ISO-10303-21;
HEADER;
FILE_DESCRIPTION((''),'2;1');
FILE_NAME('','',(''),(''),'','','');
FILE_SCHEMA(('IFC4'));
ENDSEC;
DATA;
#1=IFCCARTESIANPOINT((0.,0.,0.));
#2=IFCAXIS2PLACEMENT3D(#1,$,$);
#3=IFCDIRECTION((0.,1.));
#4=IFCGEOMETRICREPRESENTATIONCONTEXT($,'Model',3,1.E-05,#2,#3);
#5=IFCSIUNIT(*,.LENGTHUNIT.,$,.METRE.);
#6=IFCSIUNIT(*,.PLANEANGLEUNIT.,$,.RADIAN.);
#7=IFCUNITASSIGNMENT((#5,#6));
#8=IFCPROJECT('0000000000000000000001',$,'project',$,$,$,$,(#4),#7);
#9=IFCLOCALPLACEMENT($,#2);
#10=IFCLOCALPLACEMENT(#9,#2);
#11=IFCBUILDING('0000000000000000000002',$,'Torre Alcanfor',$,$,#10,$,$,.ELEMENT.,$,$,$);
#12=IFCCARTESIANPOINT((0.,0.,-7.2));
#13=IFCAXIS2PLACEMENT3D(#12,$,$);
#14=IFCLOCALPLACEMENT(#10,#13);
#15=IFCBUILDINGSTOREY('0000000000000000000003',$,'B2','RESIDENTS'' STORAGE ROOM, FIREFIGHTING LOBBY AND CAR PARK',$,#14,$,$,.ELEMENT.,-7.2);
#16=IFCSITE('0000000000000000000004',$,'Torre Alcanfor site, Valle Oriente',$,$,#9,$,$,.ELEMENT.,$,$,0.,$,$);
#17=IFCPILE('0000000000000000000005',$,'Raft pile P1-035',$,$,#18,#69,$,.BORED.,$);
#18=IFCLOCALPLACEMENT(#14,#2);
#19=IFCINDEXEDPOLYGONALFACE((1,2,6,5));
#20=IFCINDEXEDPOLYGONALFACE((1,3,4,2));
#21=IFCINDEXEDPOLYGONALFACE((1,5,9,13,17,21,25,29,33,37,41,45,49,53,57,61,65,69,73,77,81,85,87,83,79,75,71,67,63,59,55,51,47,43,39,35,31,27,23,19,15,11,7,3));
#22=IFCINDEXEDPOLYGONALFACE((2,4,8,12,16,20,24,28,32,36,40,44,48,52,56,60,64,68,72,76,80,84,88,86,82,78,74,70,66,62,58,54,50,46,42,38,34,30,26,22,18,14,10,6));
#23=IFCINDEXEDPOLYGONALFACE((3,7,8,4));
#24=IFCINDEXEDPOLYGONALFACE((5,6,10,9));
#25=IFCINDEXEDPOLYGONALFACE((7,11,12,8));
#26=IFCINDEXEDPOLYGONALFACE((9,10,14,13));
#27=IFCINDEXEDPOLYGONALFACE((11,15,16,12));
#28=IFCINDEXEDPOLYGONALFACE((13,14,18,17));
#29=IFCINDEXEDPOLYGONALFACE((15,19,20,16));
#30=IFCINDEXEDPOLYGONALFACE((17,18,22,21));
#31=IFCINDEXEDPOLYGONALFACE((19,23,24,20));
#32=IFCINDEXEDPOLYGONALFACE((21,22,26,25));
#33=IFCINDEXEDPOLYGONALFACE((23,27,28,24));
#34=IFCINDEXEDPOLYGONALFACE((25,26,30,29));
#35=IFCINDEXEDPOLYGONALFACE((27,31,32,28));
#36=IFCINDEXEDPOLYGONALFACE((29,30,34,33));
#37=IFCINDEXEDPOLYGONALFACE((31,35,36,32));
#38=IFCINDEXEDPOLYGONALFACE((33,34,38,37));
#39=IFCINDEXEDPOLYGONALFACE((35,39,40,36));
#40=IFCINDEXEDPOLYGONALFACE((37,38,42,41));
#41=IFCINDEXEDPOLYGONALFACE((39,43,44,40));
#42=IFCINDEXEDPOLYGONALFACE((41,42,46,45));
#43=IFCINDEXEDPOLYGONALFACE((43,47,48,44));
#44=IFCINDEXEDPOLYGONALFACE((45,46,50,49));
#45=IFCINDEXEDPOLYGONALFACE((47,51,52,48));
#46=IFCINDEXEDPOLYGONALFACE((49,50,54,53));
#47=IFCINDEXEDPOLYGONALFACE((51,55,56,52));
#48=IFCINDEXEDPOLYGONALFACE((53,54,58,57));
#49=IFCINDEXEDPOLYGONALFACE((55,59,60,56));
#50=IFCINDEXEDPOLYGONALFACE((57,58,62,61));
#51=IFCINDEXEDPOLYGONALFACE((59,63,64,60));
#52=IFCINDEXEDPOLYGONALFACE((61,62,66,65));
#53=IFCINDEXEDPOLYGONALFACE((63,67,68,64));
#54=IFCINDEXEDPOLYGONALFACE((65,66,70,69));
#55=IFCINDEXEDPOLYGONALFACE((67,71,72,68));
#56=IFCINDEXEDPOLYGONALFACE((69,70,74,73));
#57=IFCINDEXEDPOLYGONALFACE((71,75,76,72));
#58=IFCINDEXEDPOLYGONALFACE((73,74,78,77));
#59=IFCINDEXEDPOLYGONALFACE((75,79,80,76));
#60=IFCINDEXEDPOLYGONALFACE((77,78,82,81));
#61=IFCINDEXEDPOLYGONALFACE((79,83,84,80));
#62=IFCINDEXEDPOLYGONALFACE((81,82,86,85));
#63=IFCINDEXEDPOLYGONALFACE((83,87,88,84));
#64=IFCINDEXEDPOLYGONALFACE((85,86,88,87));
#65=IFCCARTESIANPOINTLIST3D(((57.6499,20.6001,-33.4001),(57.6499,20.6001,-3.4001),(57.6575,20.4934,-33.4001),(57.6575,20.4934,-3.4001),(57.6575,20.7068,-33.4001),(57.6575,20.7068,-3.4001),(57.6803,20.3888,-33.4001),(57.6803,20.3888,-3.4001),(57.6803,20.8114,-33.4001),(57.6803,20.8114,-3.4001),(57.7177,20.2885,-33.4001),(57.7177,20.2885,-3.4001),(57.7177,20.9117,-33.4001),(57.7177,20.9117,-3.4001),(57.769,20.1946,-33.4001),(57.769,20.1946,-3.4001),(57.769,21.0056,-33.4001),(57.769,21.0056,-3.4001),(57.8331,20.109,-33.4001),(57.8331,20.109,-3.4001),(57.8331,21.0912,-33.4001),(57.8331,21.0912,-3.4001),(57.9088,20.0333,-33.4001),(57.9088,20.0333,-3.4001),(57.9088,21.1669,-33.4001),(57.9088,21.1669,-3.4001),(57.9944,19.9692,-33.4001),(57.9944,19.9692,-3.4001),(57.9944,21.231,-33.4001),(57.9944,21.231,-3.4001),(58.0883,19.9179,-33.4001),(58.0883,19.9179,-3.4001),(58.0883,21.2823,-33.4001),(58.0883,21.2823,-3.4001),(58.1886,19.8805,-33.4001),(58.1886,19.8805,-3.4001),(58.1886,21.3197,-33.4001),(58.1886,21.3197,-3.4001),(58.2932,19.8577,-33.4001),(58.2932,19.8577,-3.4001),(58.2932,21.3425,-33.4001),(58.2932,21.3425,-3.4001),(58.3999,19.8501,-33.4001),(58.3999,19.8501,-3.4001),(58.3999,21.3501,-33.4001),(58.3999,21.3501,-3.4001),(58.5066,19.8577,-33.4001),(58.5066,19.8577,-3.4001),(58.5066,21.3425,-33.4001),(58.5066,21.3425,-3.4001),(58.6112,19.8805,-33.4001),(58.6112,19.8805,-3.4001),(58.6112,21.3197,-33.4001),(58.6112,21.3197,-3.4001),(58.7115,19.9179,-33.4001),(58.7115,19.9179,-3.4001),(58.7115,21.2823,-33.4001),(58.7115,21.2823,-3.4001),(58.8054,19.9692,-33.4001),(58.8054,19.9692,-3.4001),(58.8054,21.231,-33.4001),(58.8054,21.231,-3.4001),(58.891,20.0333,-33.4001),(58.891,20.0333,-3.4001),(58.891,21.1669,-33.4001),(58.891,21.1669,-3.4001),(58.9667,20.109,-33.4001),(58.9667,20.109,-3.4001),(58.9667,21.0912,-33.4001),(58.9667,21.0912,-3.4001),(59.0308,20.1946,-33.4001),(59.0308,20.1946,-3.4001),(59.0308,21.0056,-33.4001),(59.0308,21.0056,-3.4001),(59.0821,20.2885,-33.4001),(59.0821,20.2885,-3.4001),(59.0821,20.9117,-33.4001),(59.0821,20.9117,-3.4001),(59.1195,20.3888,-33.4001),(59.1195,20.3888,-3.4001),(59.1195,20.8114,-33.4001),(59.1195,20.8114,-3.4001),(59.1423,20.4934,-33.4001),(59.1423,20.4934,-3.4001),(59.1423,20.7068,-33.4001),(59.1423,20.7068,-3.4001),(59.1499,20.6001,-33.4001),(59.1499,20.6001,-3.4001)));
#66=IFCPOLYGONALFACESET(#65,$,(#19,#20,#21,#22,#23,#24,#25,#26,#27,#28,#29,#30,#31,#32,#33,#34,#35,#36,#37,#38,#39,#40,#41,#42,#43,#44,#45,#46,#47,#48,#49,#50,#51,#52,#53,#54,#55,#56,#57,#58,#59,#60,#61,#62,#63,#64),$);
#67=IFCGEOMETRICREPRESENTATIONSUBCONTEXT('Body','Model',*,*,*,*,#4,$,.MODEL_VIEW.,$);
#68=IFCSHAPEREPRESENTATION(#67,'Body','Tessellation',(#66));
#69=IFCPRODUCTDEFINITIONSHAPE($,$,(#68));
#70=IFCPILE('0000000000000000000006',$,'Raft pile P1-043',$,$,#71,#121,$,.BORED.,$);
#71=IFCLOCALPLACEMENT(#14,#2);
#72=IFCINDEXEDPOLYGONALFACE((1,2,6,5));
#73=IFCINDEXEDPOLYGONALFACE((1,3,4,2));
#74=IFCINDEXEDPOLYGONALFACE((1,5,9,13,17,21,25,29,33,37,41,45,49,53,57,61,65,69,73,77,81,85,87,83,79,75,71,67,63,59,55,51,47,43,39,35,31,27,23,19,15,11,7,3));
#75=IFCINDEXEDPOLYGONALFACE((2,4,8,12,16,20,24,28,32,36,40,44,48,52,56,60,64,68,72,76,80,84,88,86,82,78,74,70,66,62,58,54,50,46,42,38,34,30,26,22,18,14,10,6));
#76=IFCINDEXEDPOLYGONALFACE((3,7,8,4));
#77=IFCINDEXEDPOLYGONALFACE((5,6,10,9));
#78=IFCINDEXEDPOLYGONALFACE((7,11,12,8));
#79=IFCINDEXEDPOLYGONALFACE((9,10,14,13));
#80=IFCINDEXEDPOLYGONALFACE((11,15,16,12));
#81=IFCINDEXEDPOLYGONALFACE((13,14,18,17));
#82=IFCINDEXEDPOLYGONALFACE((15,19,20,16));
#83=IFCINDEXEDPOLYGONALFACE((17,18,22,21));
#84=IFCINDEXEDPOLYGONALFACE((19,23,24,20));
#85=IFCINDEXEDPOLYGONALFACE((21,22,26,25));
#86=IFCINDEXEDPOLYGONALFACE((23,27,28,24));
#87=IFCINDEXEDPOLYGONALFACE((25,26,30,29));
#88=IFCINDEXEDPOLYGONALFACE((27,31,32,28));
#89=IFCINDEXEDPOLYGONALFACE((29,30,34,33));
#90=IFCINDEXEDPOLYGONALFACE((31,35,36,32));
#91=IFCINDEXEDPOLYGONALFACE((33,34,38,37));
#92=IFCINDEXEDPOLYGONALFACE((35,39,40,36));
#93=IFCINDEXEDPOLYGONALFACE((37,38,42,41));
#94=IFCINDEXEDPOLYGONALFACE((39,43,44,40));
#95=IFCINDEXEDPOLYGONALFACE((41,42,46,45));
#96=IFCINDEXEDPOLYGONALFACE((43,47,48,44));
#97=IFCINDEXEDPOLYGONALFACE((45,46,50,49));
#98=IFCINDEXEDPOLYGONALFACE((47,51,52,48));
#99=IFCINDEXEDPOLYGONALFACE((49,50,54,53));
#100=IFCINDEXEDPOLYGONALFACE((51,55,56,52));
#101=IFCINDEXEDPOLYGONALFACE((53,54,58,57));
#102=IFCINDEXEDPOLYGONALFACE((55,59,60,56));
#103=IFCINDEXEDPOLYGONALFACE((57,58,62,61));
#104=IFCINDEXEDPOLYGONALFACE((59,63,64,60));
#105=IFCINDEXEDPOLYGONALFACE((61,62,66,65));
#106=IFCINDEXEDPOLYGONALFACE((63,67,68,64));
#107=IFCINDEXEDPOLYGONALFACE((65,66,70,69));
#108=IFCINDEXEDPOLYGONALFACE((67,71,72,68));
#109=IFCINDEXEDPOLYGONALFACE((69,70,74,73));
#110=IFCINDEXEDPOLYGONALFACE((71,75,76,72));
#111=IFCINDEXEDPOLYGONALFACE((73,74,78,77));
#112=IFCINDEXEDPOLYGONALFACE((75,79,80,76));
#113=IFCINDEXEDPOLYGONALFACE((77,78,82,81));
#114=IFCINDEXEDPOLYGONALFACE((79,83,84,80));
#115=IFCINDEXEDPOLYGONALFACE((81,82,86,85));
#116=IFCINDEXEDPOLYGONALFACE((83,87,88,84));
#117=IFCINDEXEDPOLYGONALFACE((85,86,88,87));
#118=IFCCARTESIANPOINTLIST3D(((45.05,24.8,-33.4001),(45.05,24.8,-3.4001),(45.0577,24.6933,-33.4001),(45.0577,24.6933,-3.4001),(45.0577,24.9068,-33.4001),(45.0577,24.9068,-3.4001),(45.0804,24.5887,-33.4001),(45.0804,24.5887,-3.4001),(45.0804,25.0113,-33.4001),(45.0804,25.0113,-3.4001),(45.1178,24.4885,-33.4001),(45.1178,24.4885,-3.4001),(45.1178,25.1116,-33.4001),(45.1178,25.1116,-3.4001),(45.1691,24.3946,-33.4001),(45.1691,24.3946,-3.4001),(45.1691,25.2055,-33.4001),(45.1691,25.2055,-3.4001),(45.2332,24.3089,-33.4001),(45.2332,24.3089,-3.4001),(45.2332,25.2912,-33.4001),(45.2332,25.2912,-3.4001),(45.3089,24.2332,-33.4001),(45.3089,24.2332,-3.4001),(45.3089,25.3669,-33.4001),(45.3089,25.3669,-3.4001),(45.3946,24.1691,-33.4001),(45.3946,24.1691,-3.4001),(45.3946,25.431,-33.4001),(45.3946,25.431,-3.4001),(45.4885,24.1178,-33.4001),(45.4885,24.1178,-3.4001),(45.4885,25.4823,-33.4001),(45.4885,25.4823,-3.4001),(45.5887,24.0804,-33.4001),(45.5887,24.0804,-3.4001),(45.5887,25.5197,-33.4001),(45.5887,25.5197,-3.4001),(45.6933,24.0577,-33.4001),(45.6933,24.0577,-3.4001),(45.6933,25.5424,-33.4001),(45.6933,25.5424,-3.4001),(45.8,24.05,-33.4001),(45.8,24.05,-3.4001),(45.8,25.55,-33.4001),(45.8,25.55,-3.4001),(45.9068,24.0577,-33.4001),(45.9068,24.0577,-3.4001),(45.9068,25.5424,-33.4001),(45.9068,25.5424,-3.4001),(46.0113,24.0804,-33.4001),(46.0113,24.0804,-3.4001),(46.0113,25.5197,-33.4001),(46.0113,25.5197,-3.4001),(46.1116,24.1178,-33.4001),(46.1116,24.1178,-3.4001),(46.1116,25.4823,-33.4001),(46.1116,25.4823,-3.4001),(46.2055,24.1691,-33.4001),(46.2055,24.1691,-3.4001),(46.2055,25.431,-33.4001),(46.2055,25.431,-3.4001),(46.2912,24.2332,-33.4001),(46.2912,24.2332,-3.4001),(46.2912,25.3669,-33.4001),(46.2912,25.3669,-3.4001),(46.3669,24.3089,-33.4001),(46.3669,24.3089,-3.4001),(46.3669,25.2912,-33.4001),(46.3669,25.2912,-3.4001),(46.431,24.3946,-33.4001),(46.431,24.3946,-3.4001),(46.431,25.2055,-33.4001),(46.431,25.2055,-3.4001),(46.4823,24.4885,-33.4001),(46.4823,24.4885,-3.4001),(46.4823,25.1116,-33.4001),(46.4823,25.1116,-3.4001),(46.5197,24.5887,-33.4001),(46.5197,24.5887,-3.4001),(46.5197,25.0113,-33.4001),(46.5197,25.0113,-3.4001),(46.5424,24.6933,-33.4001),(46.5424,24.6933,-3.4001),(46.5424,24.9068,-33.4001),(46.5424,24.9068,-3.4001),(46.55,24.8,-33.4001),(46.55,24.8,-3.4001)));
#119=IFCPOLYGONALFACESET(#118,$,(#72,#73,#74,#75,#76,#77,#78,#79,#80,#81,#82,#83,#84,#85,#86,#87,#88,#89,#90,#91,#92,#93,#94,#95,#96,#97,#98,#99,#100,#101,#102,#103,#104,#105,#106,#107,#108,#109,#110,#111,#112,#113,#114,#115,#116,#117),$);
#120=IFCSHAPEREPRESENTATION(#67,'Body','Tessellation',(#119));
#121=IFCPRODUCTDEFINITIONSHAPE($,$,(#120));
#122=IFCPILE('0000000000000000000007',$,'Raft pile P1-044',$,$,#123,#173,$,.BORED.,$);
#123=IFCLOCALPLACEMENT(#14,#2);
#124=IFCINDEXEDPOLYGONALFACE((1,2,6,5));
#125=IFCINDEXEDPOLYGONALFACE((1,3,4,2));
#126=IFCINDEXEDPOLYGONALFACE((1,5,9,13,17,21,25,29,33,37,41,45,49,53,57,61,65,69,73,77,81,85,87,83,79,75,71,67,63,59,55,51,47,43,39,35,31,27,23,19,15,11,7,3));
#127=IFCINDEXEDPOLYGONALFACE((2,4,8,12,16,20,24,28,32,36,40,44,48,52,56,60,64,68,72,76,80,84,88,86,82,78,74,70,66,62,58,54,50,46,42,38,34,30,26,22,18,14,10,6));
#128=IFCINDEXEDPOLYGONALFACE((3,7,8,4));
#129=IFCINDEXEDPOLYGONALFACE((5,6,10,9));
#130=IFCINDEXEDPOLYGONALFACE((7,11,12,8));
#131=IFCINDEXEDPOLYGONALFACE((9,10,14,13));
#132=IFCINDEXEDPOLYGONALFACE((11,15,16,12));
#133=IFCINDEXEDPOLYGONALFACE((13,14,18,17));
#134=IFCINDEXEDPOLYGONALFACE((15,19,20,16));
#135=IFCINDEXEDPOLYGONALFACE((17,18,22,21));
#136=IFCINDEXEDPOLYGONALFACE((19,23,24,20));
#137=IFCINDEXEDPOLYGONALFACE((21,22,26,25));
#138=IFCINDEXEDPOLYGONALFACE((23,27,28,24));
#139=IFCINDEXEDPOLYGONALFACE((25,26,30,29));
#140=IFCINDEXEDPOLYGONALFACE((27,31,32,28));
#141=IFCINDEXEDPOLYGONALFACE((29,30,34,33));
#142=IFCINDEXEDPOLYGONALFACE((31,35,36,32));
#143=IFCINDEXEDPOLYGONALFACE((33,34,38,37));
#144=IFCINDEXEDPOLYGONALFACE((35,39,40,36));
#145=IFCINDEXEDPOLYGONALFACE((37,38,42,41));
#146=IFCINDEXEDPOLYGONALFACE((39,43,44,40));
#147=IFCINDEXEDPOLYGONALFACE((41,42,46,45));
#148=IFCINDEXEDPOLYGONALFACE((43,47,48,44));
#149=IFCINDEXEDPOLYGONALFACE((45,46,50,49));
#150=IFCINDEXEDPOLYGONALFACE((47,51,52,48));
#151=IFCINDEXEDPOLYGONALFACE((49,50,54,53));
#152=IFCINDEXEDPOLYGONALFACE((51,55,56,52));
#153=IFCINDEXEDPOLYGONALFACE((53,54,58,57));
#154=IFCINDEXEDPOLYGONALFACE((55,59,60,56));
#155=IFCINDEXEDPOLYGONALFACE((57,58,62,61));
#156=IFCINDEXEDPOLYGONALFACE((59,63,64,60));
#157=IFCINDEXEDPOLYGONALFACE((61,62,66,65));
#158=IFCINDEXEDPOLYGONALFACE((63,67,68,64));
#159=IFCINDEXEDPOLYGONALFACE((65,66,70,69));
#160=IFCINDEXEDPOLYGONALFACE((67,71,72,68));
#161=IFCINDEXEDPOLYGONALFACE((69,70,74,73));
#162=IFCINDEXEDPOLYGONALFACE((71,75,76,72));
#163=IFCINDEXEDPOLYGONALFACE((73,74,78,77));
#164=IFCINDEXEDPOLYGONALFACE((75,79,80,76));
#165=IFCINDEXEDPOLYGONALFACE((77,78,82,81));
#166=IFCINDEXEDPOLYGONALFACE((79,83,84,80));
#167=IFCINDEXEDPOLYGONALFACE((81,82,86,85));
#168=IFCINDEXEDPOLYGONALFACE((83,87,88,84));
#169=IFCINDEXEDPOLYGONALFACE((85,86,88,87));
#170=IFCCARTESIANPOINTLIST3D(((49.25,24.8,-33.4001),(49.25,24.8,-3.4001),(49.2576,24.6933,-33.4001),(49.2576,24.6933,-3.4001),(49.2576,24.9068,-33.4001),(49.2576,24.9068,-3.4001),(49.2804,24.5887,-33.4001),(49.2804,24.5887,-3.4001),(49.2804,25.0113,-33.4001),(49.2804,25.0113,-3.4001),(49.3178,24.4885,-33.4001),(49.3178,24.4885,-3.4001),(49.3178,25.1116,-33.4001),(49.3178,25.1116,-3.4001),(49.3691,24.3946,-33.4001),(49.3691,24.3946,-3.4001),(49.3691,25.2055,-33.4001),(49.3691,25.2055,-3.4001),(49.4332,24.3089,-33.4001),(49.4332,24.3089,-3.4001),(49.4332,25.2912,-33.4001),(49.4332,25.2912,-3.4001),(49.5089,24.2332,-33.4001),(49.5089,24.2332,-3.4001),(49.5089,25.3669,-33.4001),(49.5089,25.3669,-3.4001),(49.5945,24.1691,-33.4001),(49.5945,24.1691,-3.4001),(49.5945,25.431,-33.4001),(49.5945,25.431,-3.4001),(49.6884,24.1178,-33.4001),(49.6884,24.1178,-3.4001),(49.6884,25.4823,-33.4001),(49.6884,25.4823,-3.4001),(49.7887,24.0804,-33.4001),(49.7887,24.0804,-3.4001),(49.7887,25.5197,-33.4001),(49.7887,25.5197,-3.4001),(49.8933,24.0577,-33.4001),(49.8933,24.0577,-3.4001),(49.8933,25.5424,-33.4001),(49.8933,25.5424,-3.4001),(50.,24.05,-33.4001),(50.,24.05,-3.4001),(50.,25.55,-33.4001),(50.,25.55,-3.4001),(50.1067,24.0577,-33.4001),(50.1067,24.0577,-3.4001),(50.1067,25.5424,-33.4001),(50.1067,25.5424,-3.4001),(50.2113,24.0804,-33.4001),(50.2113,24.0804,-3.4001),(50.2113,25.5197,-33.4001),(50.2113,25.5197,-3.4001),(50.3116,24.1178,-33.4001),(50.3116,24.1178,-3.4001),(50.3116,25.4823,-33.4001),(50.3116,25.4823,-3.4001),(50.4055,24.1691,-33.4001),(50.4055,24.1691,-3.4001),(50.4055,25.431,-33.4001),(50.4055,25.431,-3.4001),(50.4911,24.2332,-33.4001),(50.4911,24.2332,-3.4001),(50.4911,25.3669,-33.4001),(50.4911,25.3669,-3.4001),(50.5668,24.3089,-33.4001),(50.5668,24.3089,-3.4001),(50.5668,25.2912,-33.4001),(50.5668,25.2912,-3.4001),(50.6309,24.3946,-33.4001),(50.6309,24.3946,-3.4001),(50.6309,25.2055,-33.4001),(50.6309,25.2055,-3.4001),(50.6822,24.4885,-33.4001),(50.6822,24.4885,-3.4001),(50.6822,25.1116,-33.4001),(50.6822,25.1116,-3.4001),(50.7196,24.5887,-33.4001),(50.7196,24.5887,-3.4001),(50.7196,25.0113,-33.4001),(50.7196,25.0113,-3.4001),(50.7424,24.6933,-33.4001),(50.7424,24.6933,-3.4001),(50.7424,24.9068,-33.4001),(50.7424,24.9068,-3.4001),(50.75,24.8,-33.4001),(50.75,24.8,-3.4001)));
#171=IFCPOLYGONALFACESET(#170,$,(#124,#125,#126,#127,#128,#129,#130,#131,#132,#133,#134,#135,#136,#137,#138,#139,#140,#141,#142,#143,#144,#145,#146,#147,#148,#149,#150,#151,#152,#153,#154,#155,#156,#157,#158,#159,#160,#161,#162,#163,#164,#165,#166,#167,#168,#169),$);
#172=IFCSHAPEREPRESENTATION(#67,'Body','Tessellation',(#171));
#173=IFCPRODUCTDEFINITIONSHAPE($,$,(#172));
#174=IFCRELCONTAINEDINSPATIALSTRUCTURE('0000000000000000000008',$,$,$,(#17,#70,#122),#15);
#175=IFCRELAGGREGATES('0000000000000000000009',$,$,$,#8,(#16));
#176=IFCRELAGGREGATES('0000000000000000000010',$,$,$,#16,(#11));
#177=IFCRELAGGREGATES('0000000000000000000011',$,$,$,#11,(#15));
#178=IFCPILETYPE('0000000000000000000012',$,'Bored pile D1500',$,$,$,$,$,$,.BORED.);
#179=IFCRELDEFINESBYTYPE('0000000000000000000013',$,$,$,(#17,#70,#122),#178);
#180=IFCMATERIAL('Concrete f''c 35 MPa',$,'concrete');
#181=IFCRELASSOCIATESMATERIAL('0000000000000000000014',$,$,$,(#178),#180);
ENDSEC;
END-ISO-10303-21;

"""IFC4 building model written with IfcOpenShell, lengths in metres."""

from ifc_helpers import new_model, si_unit, direction, frame, origin, origin_2d, place, context, subcontext, project, spatial, circle, extrude, material, material_profile, profile_set, type_object, element, save


model = new_model("IFC4")

# Units and contexts
model_context = context("Model", 3, precision=1e-05, world=origin(), true_north=direction((0.0, 1.0)))
body_context = subcontext(model_context, "Body", "Model", "MODEL_VIEW")
ifc_project = project(units=[si_unit("LENGTHUNIT", "METRE"), si_unit("PLANEANGLEUNIT", "RADIAN")], contexts=[model_context])

# Site, building, storey
site_placement = place(None, origin())
site = spatial("IfcSite", under=ifc_project, at=site_placement, Name="Torre Alcanfor site, Valle Oriente", CompositionType="ELEMENT", RefElevation=0.0)
building_placement = place(site_placement, origin())
building = spatial("IfcBuilding", under=site, at=building_placement, Name="Torre Alcanfor", CompositionType="ELEMENT")
storey_placement = place(building_placement, frame((0.0, 0.0, -7.2)))
storey = spatial("IfcBuildingStorey", under=building, at=storey_placement, Name="B2", Description="RESIDENTS' STORAGE ROOM, FIREFIGHTING LOBBY AND CAR PARK", CompositionType="ELEMENT", Elevation=-7.2)

# Piles
ifc_material_1 = material(Name="Concrete f'c 35 MPa", Category="concrete")
ifc_material_profile_1 = material_profile(ifc_material_1, circle(Radius=0.75, at=origin_2d()), Name="D1500")
ifc_profile_set_1 = profile_set([ifc_material_profile_1], Name="Concrete f'c 35 MPa")
pile_type = type_object("IfcPileType", Name="Bored pile D1500", PredefinedType="BORED", material=ifc_profile_set_1)
for number, where, z_axis, x_axis, name in (
    (1, (58.3999, 20.6001, -3.4001), (0.0, 0.0, -1.0), (1.0, 0.0, 0.0), "Raft pile P1-035"),
    (2, (45.8, 24.8, -3.4001), (0.0, 0.0, -1.0), (1.0, 0.0, 0.0), "Raft pile P1-043"),
    (3, (50.0, 24.8, -3.4001), (0.0, 0.0, -1.0), (1.0, 0.0, 0.0), "Raft pile P1-044"),
):
    element("IfcPile", number, at=place(storey_placement, frame(where, z_axis=z_axis, x_axis=x_axis)), inside=storey, type_object=pile_type, Name=name, PredefinedType="BORED", context=body_context, shape_type="SweptSolid", body=[
        extrude(circle(Radius=0.75, at=origin_2d()), origin(), (0.0, 0.0, 1.0), 30.0),
    ])

save(model, "model.ifc")
